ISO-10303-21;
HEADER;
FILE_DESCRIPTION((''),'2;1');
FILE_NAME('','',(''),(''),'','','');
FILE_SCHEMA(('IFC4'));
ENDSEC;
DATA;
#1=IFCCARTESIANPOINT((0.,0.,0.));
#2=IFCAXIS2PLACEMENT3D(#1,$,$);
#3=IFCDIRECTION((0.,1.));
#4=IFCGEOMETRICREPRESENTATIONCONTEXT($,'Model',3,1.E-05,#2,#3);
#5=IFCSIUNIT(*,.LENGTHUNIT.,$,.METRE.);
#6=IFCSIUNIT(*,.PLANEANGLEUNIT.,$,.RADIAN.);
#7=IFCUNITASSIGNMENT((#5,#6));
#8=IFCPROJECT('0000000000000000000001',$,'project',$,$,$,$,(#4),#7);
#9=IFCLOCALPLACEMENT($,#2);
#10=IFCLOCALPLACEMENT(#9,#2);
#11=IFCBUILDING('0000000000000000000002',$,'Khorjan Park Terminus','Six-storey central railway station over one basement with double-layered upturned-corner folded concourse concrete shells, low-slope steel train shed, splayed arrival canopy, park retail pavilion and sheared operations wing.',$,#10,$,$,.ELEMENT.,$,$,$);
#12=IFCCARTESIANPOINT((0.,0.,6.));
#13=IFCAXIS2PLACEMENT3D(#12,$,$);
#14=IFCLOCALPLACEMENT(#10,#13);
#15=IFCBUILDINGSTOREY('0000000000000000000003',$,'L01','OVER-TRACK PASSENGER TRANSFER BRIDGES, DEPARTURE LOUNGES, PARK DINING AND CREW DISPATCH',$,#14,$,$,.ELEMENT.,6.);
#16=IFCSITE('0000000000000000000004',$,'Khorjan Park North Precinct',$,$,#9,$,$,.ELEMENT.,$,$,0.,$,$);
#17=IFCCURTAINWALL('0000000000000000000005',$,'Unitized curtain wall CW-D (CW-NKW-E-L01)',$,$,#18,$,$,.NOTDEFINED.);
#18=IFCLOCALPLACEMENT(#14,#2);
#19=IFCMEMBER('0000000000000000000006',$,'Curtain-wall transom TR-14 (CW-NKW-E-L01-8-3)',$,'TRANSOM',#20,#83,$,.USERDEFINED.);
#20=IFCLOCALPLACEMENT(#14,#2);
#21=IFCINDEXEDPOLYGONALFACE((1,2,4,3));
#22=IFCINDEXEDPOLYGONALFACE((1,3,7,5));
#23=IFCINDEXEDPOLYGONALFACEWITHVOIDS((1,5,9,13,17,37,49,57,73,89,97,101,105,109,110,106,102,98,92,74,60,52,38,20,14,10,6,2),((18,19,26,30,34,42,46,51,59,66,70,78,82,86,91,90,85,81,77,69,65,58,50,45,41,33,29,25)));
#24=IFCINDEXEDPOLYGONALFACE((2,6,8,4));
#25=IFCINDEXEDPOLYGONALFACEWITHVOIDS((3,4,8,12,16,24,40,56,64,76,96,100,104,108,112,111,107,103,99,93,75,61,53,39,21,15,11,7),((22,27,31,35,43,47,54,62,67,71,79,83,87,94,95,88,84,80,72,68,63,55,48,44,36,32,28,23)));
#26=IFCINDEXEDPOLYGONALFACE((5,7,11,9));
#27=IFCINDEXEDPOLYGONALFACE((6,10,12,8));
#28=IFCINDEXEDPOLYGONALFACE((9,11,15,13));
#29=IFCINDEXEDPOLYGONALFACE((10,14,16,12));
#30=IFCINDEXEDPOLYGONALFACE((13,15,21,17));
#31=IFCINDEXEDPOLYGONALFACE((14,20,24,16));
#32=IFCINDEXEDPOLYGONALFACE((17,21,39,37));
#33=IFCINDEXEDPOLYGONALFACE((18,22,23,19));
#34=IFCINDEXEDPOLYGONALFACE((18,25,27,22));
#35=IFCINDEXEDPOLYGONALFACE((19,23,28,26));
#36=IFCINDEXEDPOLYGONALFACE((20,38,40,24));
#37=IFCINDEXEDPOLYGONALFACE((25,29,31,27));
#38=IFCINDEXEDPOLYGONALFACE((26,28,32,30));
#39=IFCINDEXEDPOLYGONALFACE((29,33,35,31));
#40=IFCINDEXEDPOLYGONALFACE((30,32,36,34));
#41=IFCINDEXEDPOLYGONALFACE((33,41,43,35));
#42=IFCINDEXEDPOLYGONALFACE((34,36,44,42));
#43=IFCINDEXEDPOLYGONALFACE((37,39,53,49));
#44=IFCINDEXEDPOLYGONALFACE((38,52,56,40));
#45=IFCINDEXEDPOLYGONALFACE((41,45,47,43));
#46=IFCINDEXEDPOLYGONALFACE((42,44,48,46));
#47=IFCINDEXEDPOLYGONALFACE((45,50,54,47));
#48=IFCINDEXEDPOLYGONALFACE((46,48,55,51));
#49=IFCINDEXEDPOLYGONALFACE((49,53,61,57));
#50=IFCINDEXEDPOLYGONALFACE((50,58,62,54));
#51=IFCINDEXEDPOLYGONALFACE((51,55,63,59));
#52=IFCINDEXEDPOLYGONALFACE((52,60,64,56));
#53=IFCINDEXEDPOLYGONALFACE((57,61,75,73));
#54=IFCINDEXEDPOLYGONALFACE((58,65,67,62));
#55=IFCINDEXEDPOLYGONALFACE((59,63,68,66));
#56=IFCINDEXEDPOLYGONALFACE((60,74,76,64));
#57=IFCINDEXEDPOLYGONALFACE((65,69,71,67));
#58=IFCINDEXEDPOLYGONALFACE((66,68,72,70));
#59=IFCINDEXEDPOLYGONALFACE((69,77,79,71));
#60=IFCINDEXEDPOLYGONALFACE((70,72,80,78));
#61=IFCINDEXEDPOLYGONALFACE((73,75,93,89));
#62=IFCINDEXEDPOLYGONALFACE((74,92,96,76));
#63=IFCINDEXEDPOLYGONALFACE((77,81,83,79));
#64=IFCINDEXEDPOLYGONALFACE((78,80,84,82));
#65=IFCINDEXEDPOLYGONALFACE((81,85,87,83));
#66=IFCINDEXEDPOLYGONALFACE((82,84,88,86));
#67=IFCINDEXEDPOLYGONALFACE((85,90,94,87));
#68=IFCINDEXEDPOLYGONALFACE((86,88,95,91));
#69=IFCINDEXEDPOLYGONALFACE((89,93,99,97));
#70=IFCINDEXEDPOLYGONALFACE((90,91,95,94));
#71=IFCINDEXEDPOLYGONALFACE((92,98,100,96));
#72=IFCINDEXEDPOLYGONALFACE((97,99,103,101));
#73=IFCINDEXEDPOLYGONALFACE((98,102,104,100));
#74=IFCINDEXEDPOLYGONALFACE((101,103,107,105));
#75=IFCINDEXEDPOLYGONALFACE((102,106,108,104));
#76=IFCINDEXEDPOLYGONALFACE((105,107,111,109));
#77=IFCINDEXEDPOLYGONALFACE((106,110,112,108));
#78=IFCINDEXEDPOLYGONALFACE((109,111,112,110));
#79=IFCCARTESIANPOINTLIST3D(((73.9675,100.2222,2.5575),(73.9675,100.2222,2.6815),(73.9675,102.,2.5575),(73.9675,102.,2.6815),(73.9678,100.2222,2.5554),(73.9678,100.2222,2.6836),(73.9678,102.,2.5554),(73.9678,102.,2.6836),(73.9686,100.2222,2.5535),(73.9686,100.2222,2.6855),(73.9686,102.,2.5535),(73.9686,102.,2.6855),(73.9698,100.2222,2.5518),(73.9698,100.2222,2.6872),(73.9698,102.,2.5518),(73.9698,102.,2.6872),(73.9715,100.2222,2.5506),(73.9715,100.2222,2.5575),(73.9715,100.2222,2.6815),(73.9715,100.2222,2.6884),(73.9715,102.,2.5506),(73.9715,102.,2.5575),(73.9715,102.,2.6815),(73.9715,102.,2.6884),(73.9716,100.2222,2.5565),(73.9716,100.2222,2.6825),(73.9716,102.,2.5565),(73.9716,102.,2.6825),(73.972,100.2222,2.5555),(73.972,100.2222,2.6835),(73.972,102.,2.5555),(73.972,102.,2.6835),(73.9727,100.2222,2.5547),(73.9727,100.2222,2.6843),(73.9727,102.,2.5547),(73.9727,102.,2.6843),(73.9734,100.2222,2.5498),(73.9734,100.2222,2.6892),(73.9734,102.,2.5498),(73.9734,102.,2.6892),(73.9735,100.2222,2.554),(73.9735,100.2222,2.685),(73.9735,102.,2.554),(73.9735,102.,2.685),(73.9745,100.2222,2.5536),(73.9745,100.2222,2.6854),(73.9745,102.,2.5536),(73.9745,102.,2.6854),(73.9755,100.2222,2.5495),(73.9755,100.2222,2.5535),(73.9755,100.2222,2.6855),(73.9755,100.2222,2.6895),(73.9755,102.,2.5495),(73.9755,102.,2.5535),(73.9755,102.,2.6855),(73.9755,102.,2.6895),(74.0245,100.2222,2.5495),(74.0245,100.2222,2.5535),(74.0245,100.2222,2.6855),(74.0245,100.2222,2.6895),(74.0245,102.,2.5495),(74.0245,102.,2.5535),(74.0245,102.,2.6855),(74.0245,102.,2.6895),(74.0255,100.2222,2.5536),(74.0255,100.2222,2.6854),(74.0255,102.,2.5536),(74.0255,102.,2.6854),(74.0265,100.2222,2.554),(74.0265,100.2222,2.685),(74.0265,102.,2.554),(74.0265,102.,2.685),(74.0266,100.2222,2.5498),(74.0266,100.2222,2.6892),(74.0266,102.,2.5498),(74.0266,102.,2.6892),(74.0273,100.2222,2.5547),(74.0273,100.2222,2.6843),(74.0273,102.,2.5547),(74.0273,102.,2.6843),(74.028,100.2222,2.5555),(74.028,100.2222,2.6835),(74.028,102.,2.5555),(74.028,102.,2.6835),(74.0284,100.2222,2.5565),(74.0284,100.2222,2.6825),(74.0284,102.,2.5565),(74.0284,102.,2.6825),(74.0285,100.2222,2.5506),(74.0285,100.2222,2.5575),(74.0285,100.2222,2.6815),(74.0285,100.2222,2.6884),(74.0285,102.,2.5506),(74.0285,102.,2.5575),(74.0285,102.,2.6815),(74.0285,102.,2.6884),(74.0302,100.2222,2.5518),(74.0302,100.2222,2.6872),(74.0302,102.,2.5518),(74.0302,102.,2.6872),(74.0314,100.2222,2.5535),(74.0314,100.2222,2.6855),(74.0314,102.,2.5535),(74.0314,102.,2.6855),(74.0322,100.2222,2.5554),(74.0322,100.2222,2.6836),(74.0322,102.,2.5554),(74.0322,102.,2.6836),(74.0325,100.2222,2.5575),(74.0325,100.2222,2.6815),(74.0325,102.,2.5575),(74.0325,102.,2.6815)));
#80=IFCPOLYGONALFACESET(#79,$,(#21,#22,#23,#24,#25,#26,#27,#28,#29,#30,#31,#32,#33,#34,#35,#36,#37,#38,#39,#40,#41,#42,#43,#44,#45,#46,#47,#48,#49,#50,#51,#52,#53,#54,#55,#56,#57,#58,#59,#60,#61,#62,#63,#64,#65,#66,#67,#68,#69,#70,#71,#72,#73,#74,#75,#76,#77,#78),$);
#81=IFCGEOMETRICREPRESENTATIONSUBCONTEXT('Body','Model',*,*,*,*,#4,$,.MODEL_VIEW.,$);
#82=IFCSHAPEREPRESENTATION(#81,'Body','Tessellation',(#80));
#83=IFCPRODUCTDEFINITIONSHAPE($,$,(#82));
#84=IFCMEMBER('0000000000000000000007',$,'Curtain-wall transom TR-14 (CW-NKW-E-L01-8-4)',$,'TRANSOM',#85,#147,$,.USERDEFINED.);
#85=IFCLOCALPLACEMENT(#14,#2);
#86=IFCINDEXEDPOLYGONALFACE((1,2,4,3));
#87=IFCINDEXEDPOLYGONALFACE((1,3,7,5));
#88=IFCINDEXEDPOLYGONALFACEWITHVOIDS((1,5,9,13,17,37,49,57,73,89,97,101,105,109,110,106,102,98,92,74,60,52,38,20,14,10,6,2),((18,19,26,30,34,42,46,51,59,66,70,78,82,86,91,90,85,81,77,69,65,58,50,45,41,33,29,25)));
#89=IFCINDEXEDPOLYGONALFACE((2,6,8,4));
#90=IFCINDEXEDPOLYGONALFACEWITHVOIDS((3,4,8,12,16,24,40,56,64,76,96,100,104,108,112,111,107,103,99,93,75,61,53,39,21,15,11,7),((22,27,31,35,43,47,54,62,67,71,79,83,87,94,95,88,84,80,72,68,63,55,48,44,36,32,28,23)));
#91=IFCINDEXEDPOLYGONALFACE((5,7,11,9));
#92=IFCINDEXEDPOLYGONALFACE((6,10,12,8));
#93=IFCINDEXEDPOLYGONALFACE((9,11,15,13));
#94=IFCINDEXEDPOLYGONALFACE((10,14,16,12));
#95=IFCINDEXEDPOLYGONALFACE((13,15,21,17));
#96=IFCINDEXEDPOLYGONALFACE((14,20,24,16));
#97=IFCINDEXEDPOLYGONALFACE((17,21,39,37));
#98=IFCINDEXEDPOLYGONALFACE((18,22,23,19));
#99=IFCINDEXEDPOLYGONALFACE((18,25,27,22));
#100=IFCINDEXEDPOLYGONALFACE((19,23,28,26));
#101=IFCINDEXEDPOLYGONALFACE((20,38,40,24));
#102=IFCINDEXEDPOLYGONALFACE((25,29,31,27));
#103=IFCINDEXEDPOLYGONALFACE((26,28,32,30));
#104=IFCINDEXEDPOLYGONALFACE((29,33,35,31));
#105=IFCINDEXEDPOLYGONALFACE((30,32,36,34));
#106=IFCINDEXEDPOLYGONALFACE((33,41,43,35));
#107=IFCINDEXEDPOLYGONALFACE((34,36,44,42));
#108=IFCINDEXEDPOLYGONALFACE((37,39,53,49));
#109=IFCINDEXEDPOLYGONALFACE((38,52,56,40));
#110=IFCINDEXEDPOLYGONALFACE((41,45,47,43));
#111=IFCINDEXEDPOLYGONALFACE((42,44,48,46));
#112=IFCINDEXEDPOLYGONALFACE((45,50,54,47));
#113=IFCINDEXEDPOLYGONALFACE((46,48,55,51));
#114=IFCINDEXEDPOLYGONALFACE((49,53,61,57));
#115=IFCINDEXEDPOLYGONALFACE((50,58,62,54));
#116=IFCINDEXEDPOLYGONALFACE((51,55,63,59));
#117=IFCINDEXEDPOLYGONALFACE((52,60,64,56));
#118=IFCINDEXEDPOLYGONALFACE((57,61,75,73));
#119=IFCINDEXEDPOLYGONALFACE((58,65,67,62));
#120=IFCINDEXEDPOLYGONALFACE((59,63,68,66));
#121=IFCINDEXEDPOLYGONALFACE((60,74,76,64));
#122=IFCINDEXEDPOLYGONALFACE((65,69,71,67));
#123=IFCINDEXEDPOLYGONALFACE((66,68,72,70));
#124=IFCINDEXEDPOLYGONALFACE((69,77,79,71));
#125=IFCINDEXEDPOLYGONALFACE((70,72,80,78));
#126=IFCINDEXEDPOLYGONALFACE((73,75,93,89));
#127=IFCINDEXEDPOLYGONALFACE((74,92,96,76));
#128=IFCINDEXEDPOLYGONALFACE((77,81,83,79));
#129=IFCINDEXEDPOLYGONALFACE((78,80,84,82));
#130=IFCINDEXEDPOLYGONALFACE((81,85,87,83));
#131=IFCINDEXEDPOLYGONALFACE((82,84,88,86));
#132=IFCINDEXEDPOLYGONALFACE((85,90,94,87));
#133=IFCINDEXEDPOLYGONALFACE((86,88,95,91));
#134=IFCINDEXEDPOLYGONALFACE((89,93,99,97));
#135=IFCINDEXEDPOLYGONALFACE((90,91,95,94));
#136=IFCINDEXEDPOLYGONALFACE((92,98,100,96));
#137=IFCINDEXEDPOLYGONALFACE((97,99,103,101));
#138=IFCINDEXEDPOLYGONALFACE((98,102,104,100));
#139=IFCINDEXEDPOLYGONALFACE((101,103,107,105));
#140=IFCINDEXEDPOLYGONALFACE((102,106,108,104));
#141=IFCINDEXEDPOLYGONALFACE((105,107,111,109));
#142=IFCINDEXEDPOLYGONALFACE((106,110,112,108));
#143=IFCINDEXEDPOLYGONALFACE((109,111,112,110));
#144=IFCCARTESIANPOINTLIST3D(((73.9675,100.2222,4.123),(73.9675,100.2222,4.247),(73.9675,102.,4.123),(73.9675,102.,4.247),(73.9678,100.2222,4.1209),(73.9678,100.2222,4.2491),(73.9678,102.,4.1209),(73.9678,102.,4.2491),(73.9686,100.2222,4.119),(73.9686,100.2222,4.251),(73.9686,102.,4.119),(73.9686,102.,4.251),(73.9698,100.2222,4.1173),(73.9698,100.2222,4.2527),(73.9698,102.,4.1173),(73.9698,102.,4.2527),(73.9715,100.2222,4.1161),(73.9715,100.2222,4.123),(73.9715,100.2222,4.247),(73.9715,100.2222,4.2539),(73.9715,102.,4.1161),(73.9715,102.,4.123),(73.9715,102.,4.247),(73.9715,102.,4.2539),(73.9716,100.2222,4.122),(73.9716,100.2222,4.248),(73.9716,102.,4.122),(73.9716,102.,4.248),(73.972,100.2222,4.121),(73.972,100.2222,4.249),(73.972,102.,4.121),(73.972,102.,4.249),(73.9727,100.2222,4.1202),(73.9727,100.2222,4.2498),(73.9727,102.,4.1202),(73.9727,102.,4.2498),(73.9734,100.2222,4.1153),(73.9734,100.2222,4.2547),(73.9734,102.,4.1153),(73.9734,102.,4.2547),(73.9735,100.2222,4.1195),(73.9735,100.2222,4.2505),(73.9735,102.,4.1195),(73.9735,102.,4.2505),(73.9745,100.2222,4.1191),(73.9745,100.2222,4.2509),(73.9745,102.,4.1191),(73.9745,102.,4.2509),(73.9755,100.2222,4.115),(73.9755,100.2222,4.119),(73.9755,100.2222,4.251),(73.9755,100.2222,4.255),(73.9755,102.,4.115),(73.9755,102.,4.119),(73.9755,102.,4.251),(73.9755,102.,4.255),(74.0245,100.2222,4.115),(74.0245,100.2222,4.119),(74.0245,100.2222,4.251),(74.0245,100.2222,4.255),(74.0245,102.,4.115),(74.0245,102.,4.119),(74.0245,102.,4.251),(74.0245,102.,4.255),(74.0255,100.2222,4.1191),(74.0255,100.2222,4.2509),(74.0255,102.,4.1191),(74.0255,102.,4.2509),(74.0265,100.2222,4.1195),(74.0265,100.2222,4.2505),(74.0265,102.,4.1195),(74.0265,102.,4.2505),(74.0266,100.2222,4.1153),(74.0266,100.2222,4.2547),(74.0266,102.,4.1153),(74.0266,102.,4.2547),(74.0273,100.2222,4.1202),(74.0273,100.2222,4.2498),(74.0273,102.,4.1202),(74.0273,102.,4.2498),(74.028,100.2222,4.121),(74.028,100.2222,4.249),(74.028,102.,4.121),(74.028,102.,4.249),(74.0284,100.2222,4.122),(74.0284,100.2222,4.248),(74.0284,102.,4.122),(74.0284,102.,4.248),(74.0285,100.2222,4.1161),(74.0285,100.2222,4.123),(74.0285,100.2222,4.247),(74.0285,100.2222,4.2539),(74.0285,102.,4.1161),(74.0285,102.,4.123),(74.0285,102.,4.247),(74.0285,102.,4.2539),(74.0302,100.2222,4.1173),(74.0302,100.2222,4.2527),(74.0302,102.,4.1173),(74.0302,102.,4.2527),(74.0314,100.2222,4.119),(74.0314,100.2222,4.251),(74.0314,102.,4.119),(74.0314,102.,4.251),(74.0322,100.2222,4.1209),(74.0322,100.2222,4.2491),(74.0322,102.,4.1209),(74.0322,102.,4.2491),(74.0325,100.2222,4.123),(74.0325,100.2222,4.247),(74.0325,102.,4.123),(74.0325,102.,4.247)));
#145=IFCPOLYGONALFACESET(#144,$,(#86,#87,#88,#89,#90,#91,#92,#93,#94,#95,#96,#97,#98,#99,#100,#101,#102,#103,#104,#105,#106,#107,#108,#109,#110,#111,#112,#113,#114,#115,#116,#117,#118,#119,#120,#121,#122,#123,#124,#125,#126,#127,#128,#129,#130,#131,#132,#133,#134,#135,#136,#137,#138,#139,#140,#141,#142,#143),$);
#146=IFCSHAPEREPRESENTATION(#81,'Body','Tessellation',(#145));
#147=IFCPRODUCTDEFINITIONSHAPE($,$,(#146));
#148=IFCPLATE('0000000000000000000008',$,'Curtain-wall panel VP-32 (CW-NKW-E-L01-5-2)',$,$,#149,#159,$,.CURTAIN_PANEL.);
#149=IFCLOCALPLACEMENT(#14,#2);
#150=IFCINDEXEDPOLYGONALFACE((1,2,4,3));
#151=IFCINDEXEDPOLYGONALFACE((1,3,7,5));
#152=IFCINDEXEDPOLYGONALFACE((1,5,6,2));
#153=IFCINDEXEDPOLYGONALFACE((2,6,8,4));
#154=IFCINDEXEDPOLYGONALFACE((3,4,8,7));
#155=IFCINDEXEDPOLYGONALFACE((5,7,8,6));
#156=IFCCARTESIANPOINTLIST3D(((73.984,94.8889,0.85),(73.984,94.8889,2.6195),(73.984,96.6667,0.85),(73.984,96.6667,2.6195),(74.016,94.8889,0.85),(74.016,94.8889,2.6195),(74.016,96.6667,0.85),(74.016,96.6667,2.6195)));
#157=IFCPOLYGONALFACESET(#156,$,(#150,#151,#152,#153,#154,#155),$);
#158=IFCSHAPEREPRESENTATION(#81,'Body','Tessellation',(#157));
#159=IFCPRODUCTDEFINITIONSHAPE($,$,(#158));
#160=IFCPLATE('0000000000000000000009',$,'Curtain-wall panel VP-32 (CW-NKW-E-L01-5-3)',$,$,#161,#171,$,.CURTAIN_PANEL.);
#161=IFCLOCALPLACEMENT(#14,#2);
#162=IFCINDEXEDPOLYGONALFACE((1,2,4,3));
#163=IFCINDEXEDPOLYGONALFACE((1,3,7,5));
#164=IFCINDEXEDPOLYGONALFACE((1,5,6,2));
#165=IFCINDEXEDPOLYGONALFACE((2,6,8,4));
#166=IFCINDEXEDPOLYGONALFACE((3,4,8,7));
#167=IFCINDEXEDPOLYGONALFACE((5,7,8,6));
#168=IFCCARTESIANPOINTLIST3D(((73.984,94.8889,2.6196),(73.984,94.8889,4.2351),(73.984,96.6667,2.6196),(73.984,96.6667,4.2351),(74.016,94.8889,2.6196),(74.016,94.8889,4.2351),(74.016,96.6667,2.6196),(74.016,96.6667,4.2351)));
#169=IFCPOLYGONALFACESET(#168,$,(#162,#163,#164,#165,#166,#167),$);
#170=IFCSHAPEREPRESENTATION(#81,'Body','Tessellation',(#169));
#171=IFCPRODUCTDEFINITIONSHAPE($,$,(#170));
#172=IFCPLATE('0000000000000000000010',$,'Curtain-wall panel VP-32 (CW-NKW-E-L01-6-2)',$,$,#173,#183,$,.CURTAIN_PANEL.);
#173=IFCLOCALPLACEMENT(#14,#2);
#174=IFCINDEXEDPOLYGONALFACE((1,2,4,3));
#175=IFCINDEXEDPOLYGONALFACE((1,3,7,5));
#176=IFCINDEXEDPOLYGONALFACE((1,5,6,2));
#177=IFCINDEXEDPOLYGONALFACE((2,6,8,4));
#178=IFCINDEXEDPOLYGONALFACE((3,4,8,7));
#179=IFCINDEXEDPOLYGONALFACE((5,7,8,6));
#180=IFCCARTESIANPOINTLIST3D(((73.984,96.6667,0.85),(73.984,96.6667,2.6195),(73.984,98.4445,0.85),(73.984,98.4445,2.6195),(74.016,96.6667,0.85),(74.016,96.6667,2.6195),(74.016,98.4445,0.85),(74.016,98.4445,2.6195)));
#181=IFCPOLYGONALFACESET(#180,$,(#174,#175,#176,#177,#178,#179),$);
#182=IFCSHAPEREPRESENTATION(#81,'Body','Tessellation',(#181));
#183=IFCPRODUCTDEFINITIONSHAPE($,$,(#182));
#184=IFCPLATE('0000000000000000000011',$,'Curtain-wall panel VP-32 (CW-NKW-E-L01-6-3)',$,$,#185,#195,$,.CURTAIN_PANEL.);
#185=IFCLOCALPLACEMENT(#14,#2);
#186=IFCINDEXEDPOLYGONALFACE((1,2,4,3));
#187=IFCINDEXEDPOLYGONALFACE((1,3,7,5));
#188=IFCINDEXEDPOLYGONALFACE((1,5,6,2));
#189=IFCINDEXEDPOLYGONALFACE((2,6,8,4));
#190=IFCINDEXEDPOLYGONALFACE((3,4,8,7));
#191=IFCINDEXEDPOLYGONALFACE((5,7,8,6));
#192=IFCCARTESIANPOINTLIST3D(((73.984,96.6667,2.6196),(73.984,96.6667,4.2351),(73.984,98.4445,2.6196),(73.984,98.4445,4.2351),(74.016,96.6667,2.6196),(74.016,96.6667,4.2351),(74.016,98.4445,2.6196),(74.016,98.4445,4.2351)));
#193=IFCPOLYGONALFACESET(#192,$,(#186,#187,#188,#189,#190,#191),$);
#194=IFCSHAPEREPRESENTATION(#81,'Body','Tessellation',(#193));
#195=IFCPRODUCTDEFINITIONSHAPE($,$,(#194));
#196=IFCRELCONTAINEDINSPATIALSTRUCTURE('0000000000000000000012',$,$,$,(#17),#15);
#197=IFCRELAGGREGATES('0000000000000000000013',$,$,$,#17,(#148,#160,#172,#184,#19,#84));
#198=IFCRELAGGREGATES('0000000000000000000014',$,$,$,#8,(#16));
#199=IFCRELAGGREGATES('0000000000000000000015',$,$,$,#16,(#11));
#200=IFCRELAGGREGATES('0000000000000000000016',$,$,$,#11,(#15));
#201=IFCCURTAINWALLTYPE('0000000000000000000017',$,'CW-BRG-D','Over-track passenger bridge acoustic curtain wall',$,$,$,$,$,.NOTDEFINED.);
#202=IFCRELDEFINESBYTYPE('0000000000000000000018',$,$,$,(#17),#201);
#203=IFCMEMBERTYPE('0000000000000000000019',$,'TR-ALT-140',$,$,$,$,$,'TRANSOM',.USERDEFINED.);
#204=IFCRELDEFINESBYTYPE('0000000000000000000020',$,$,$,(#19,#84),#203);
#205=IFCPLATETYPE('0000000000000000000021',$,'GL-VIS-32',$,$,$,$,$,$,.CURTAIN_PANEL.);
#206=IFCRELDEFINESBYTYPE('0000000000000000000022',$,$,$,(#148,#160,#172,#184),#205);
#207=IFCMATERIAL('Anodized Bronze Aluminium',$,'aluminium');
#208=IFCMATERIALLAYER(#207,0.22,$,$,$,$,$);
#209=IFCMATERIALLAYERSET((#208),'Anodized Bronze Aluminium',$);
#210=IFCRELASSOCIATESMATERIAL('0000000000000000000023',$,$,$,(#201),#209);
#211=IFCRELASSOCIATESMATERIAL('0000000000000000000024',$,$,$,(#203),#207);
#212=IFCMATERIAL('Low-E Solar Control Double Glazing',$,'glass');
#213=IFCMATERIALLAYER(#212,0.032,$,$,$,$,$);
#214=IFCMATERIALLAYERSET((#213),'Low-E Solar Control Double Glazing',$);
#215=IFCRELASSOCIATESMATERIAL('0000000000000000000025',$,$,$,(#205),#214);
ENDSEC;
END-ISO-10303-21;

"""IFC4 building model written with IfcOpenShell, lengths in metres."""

from ifc_helpers import new_model, si_unit, direction, frame, origin, origin_2d, place, context, subcontext, project, spatial, rectangle, hollow_rectangle, extrude, material, layer, layer_set, material_profile, profile_set, type_object, element, aggregate, save


model = new_model("IFC4")

# Units and contexts
model_context = context("Model", 3, precision=1e-05, world=origin(), true_north=direction((0.0, 1.0)))
body_context = subcontext(model_context, "Body", "Model", "MODEL_VIEW")
ifc_project = project(units=[si_unit("LENGTHUNIT", "METRE"), si_unit("PLANEANGLEUNIT", "RADIAN")], contexts=[model_context])

# Site, building, storey
site_placement = place(None, origin())
site = spatial("IfcSite", under=ifc_project, at=site_placement, Name="Khorjan Park North Precinct", CompositionType="ELEMENT", RefElevation=0.0)
building_placement = place(site_placement, origin())
building = spatial("IfcBuilding", under=site, at=building_placement, Name="Khorjan Park Terminus", Description="Six-storey central railway station over one basement with double-layered upturned-corner folded concourse concrete shells, low-slope steel train shed, splayed arrival canopy, park retail pavilion and sheared operations wing.", CompositionType="ELEMENT")
storey_placement = place(building_placement, frame((0.0, 0.0, 6.0)))
storey = spatial("IfcBuildingStorey", under=building, at=storey_placement, Name="L01", Description="OVER-TRACK PASSENGER TRANSFER BRIDGES, DEPARTURE LOUNGES, PARK DINING AND CREW DISPATCH", CompositionType="ELEMENT", Elevation=6.0)

# Curtain wall, members, plates
ifc_material_1 = material(Name="Anodized Bronze Aluminium", Category="aluminium")
ifc_layer_1 = layer(ifc_material_1, 0.22)
ifc_layer_set_1 = layer_set([ifc_layer_1], Name="Anodized Bronze Aluminium")
curtain_wall_type = type_object("IfcCurtainWallType", Name="CW-BRG-D", Description="Over-track passenger bridge acoustic curtain wall", PredefinedType="NOTDEFINED", material=ifc_layer_set_1)
curtain_wall_placement = place(storey_placement, origin())
curtain_wall = element("IfcCurtainWall", 1, at=curtain_wall_placement, inside=storey, type_object=curtain_wall_type, Name="Unitized curtain wall CW-D (CW-NKW-E-L01)", PredefinedType="NOTDEFINED")
ifc_material_profile_1 = material_profile(ifc_material_1, hollow_rectangle(XDim=0.065, YDim=0.14, WallThickness=0.004, InnerFilletRadius=0.004, OuterFilletRadius=0.008, at=origin_2d()), Name="ALT 65x140x4")
ifc_profile_set_1 = profile_set([ifc_material_profile_1], Name="Anodized Bronze Aluminium")
member_type_1 = type_object("IfcMemberType", Name="TR-ALT-140", ElementType="TRANSOM", PredefinedType="USERDEFINED", material=ifc_profile_set_1)
member_1_placement = place(storey_placement, frame((74.0, 100.2222, 2.6195), z_axis=(0.0, 1.0, 0.0), x_axis=(-1.0, 0.0, 0.0)))
member_1 = element("IfcMember", 2, at=member_1_placement, type_object=member_type_1, Name="Curtain-wall transom TR-14 (CW-NKW-E-L01-8-3)", ObjectType="TRANSOM", PredefinedType="USERDEFINED", context=body_context, shape_type="SweptSolid", body=[
    extrude(hollow_rectangle(XDim=0.065, YDim=0.14, WallThickness=0.004, InnerFilletRadius=0.004, OuterFilletRadius=0.008, at=origin_2d()), origin(), (0.0, 0.0, 1.0), 1.7778),
])
member_2_placement = place(storey_placement, frame((74.0, 100.2222, 4.185), z_axis=(0.0, 1.0, 0.0), x_axis=(-1.0, 0.0, 0.0)))
member_2 = element("IfcMember", 3, at=member_2_placement, type_object=member_type_1, Name="Curtain-wall transom TR-14 (CW-NKW-E-L01-8-4)", ObjectType="TRANSOM", PredefinedType="USERDEFINED", context=body_context, shape_type="SweptSolid", body=[
    extrude(hollow_rectangle(XDim=0.065, YDim=0.14, WallThickness=0.004, InnerFilletRadius=0.004, OuterFilletRadius=0.008, at=origin_2d()), origin(), (0.0, 0.0, 1.0), 1.7778),
])
ifc_material_2 = material(Name="Low-E Solar Control Double Glazing", Category="glass")
ifc_layer_2 = layer(ifc_material_2, 0.032)
ifc_layer_set_2 = layer_set([ifc_layer_2], Name="Low-E Solar Control Double Glazing")
plate_type_1 = type_object("IfcPlateType", Name="GL-VIS-32", PredefinedType="CURTAIN_PANEL", material=ifc_layer_set_2)
plate_1_placement = place(storey_placement, frame((74.0, 95.7778, 0.85), z_axis=(0.0, 0.0, 1.0), x_axis=(0.0, 1.0, 0.0)))
plate_1 = element("IfcPlate", 4, at=plate_1_placement, type_object=plate_type_1, Name="Curtain-wall panel VP-32 (CW-NKW-E-L01-5-2)", PredefinedType="CURTAIN_PANEL", context=body_context, shape_type="SweptSolid", body=[
    extrude(rectangle(XDim=1.7778, YDim=0.032, at=origin_2d()), origin(), (0.0, 0.0, 1.0), 1.7695),
])
plate_2_placement = place(storey_placement, frame((74.0, 95.7778, 2.6196), z_axis=(0.0, 0.0, 1.0), x_axis=(0.0, 1.0, 0.0)))
plate_2 = element("IfcPlate", 5, at=plate_2_placement, type_object=plate_type_1, Name="Curtain-wall panel VP-32 (CW-NKW-E-L01-5-3)", PredefinedType="CURTAIN_PANEL", context=body_context, shape_type="SweptSolid", body=[
    extrude(rectangle(XDim=1.7778, YDim=0.032, at=origin_2d()), origin(), (0.0, 0.0, 1.0), 1.6155),
])
plate_3_placement = place(storey_placement, frame((74.0, 97.5556, 0.85), z_axis=(0.0, 0.0, 1.0), x_axis=(0.0, 1.0, 0.0)))
plate_3 = element("IfcPlate", 6, at=plate_3_placement, type_object=plate_type_1, Name="Curtain-wall panel VP-32 (CW-NKW-E-L01-6-2)", PredefinedType="CURTAIN_PANEL", context=body_context, shape_type="SweptSolid", body=[
    extrude(rectangle(XDim=1.7778, YDim=0.032, at=origin_2d()), origin(), (0.0, 0.0, 1.0), 1.7695),
])
plate_4_placement = place(storey_placement, frame((74.0, 97.5556, 2.6196), z_axis=(0.0, 0.0, 1.0), x_axis=(0.0, 1.0, 0.0)))
plate_4 = element("IfcPlate", 7, at=plate_4_placement, type_object=plate_type_1, Name="Curtain-wall panel VP-32 (CW-NKW-E-L01-6-3)", PredefinedType="CURTAIN_PANEL", context=body_context, shape_type="SweptSolid", body=[
    extrude(rectangle(XDim=1.7778, YDim=0.032, at=origin_2d()), origin(), (0.0, 0.0, 1.0), 1.6155),
])
aggregate(curtain_wall, [plate_1, plate_2, plate_3, plate_4, member_1, member_2])

save(model, "model.ifc")
